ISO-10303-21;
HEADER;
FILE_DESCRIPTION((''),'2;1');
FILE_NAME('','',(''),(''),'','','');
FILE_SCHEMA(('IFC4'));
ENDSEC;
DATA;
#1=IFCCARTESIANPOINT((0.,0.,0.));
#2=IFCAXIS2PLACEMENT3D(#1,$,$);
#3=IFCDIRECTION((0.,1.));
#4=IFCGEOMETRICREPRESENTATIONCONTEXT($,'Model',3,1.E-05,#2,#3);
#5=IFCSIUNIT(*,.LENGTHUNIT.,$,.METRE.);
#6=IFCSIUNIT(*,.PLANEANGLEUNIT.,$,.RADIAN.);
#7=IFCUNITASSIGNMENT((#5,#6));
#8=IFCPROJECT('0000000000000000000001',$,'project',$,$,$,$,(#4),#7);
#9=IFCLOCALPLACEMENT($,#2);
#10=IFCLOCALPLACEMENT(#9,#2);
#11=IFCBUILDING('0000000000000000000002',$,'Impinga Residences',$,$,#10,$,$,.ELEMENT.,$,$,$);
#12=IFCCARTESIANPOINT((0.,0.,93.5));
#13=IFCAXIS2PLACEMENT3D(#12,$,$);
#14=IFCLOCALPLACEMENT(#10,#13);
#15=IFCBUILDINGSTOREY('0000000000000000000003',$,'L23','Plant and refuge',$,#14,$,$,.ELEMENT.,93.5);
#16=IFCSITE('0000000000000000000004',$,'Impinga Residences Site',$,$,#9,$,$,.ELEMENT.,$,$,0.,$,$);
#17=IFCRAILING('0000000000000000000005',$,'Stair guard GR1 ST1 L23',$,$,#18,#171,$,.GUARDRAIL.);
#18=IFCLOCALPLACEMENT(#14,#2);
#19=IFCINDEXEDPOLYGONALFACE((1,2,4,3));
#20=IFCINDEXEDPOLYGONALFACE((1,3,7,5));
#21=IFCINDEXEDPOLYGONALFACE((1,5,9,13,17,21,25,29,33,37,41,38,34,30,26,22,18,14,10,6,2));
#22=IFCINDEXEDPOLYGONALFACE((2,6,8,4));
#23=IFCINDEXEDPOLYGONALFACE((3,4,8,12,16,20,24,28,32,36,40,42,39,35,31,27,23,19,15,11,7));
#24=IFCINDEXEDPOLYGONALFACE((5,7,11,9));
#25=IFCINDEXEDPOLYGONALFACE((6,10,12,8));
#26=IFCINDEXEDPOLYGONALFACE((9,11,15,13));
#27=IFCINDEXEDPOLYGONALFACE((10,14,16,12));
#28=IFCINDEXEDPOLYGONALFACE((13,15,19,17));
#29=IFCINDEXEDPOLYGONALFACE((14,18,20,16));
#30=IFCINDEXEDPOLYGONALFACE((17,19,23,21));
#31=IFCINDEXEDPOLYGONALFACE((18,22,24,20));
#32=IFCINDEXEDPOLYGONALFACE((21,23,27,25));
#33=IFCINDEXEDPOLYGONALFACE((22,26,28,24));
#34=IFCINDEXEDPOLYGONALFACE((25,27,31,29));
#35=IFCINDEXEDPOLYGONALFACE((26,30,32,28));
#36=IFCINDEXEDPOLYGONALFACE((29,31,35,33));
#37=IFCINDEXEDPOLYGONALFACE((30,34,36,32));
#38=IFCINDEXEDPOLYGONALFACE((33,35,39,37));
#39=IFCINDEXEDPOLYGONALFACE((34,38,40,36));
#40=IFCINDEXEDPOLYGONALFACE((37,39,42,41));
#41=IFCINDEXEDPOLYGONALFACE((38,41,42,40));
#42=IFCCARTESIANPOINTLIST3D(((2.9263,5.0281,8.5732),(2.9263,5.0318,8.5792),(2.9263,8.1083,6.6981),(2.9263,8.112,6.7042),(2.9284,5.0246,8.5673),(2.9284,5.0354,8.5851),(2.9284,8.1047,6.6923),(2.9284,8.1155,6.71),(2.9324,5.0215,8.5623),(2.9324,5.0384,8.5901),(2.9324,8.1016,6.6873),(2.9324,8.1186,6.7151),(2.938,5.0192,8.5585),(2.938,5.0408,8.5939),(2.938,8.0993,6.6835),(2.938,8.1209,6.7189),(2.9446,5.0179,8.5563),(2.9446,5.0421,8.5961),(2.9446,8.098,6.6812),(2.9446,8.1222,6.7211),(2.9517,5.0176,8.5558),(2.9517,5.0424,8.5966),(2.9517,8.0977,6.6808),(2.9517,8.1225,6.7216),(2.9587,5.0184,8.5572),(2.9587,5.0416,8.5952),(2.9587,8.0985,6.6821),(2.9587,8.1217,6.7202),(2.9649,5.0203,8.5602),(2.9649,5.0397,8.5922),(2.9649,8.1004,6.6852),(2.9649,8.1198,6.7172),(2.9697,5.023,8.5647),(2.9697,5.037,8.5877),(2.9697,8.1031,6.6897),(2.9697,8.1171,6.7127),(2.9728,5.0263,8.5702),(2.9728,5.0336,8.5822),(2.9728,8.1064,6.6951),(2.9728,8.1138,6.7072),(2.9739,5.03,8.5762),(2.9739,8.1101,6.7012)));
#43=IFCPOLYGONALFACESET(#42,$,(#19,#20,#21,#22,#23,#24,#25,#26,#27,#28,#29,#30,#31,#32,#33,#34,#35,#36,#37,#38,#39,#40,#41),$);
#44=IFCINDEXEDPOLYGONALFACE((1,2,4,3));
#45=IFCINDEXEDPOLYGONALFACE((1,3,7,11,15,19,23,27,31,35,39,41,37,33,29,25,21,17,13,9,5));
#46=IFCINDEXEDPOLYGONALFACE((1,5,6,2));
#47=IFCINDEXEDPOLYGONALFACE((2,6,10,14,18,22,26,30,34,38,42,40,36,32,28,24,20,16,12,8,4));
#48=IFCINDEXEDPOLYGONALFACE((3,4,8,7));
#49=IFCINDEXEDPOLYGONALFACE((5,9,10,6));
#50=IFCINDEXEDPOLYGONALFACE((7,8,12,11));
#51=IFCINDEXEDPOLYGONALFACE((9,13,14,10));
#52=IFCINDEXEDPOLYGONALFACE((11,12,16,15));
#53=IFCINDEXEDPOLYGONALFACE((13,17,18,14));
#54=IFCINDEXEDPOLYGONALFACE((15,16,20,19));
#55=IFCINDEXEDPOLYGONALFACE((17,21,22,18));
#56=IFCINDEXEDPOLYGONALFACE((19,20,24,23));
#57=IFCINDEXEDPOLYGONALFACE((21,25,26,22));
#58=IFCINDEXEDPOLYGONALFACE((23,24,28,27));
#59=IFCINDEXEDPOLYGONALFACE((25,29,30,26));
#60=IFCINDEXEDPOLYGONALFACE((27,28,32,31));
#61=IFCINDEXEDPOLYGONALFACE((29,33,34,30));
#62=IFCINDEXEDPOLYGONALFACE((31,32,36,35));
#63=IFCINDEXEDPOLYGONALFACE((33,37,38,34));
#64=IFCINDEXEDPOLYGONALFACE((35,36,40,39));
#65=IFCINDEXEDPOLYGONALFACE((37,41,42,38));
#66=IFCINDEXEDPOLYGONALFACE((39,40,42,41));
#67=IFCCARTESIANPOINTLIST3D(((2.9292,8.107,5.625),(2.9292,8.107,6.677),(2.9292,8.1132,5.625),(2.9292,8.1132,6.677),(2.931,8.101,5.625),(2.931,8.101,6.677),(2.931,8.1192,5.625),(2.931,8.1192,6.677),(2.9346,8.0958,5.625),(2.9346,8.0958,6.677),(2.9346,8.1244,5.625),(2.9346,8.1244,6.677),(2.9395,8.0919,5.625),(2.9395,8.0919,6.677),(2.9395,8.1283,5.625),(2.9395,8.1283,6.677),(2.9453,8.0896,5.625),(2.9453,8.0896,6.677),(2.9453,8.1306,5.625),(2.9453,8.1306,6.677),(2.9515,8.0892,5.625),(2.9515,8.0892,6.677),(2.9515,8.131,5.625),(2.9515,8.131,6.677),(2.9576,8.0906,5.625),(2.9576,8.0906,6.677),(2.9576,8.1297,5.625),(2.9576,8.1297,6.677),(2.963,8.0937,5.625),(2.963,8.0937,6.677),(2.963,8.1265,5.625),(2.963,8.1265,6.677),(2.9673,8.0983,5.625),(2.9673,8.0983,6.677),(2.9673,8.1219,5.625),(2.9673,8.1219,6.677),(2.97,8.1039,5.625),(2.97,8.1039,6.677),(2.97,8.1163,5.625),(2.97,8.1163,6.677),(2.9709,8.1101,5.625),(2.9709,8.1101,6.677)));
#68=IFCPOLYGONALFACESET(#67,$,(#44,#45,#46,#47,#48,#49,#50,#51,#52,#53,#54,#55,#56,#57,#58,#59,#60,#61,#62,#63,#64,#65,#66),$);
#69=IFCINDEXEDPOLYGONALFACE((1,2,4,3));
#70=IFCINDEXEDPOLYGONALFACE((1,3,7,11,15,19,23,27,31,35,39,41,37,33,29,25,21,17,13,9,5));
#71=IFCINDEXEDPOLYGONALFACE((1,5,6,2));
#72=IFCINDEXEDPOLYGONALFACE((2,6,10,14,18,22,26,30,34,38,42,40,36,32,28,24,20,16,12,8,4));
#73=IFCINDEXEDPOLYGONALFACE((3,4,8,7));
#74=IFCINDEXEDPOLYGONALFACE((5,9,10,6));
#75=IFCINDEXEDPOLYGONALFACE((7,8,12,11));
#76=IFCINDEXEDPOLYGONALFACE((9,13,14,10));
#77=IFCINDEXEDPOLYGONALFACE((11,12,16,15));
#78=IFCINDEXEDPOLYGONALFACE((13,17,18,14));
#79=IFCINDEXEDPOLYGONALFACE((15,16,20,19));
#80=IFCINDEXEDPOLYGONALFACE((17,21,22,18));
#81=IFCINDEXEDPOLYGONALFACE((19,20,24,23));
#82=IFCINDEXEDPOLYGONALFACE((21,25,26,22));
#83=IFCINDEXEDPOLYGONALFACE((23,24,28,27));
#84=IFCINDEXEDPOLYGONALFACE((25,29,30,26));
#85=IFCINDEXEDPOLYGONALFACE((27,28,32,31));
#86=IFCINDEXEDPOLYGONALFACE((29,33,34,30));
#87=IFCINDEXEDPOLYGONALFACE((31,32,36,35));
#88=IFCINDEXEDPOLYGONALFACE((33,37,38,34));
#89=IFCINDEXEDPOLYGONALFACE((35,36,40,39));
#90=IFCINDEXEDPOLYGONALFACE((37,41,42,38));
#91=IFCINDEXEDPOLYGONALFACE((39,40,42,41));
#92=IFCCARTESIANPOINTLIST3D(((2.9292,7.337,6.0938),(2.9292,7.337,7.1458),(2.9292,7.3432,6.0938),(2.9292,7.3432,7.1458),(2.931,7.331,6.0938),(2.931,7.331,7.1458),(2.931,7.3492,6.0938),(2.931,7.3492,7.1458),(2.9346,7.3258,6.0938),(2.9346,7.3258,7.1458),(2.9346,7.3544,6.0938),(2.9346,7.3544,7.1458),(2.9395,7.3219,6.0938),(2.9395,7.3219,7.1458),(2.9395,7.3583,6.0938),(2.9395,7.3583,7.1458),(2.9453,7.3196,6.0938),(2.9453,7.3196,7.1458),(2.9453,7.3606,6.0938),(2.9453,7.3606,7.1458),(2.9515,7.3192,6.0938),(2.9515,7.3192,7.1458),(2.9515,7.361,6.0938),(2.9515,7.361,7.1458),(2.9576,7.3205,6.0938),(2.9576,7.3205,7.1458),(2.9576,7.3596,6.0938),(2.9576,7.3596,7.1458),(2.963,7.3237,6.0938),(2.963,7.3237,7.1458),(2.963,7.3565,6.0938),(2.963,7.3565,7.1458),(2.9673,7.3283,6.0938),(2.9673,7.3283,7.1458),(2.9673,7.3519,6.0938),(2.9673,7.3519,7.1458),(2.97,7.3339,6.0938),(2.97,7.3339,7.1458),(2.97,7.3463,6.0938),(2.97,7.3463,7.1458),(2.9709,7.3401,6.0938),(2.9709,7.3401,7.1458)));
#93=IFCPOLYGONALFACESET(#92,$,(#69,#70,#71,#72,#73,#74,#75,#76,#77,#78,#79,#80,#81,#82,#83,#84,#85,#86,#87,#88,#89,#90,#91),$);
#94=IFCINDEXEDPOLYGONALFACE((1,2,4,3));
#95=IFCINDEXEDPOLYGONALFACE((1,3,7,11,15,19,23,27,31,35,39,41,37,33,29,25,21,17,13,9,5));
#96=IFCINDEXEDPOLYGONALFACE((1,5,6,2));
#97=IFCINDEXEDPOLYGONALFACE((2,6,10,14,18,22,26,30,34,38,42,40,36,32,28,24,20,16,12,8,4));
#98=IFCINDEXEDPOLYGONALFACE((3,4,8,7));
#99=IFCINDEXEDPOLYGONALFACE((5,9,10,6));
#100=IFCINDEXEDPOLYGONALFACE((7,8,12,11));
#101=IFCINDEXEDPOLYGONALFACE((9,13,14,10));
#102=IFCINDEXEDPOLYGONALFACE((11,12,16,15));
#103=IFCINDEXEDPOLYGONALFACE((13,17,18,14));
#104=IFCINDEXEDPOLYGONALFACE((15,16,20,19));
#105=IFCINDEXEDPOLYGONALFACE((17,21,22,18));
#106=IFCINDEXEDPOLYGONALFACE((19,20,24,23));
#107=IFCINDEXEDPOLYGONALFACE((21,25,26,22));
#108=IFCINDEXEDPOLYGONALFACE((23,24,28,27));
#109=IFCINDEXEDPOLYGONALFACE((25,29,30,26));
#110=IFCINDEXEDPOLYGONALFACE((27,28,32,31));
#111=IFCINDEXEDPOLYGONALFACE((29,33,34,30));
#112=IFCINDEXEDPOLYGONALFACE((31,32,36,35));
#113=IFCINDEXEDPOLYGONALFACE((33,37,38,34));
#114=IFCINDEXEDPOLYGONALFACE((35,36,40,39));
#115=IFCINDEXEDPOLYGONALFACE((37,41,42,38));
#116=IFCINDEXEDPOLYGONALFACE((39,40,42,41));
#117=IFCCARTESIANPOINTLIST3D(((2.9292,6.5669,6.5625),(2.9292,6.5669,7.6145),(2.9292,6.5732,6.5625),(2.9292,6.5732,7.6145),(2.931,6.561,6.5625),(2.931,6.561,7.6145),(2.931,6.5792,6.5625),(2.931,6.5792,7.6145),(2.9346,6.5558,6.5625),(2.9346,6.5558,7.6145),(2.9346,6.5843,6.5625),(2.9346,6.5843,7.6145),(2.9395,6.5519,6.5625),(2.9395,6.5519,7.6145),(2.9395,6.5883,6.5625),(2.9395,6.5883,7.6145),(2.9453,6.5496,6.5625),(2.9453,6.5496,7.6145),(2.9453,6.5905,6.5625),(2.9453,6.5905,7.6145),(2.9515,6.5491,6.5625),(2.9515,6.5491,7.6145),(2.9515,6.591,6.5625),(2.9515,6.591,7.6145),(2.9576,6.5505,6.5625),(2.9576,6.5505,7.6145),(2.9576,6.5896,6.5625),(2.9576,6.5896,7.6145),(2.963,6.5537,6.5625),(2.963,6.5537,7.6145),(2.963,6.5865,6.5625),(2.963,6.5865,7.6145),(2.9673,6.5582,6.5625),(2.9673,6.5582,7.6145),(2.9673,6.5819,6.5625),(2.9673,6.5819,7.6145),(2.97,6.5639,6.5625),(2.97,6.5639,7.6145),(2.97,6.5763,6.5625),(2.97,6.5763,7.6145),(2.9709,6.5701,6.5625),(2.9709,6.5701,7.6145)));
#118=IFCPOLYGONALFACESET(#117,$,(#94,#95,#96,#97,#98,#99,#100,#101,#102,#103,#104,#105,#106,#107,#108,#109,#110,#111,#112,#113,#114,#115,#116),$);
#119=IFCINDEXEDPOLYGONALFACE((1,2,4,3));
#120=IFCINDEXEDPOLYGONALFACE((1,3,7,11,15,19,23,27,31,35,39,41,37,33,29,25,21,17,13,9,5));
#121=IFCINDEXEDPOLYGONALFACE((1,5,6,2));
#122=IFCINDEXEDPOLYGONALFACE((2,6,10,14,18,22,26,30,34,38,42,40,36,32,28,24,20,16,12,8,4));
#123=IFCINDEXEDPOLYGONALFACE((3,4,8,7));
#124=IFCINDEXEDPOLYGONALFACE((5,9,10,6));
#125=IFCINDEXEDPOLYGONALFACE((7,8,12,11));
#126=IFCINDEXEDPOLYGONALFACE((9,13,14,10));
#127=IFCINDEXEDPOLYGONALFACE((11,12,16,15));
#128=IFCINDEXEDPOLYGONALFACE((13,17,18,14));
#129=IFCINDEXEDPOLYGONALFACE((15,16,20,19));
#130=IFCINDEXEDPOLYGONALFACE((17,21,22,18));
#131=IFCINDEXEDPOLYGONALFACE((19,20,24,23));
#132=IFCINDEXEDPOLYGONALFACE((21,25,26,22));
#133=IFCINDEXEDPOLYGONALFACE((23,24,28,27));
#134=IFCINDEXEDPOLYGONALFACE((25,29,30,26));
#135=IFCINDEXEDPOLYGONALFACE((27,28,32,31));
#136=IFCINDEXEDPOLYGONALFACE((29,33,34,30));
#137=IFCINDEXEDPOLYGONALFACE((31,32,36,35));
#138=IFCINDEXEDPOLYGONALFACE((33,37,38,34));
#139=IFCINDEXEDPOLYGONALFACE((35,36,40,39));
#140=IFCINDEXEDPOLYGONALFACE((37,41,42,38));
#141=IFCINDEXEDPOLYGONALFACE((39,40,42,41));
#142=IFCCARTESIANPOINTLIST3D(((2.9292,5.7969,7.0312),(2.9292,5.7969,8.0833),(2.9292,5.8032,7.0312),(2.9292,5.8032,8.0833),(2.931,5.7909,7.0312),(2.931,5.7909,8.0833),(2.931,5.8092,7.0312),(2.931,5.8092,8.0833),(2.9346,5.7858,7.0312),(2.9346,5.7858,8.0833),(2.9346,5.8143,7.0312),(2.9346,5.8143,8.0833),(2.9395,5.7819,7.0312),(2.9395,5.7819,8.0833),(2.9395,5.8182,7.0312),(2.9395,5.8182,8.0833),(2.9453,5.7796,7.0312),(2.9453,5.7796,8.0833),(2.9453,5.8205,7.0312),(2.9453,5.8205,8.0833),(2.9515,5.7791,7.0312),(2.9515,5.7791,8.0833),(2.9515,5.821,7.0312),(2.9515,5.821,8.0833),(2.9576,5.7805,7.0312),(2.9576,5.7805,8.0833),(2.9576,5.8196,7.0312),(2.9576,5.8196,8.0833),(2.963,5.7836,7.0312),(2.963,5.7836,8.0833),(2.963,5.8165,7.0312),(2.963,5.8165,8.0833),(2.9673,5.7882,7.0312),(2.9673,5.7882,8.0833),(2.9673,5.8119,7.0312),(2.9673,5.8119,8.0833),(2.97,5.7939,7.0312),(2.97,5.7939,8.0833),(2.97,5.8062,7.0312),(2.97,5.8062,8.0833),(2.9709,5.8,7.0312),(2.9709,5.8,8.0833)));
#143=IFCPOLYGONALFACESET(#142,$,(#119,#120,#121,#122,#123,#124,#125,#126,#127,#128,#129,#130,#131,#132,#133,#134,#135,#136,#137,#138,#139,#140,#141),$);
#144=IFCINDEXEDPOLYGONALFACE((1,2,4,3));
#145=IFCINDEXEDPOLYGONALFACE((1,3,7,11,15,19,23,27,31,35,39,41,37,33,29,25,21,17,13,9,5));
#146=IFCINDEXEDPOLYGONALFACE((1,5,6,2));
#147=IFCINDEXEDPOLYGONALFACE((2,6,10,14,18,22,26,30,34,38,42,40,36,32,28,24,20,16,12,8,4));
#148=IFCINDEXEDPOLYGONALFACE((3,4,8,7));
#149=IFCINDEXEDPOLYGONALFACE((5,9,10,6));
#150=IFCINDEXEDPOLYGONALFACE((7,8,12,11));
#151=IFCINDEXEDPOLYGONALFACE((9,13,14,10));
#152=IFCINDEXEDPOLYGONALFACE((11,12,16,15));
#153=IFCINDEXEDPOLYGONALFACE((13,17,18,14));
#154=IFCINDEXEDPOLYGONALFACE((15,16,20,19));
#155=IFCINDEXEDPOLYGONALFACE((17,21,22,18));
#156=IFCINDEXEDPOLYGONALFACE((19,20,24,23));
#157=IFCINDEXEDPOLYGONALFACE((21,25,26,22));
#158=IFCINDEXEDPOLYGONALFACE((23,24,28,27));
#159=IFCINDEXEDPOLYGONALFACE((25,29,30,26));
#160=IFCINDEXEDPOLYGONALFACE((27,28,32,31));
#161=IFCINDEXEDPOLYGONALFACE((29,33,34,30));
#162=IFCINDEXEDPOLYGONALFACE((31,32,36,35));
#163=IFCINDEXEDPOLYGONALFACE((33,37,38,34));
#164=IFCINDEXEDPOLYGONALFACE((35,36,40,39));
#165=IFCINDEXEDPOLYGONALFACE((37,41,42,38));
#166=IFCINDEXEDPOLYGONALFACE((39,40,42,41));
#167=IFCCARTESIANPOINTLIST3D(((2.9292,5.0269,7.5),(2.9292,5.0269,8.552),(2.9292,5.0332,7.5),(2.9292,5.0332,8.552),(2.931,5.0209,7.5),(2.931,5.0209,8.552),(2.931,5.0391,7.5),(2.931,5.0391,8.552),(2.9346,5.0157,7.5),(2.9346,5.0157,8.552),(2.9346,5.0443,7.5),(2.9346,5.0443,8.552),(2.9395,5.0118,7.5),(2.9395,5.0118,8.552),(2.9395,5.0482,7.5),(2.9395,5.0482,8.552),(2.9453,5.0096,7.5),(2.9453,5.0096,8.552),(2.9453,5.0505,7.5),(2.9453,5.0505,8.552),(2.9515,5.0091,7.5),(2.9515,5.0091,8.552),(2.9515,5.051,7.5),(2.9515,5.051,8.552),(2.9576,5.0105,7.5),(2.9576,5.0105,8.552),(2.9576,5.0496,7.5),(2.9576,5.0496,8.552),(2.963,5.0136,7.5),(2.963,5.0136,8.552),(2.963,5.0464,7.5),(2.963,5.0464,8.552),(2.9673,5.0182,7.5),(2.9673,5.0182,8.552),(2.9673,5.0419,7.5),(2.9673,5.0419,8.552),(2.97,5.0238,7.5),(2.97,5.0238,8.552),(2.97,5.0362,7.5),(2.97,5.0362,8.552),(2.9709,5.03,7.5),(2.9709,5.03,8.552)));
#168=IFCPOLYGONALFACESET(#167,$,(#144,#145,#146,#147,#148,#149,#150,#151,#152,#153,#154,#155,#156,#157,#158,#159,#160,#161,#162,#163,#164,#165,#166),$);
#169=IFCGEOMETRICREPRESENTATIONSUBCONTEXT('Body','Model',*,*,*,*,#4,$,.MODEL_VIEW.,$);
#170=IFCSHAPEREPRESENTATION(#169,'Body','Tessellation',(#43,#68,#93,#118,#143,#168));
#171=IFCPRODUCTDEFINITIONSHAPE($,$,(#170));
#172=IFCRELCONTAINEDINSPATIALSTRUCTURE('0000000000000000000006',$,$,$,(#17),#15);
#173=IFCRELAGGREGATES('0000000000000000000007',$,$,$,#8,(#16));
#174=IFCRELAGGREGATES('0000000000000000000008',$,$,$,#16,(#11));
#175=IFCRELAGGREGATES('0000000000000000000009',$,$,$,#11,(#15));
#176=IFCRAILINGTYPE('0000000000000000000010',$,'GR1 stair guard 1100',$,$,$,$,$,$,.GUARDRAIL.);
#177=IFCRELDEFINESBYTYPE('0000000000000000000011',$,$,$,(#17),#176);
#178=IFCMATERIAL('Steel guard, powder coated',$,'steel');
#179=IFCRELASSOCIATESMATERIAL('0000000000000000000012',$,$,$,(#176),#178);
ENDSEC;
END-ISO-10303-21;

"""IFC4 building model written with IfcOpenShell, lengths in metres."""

from ifc_helpers import new_model, si_unit, direction, frame, origin, origin_2d, place, context, subcontext, project, spatial, circle, extrude, material, type_object, element, save


model = new_model("IFC4")

# Units and contexts
model_context = context("Model", 3, precision=1e-05, world=origin(), true_north=direction((0.0, 1.0)))
body_context = subcontext(model_context, "Body", "Model", "MODEL_VIEW")
ifc_project = project(units=[si_unit("LENGTHUNIT", "METRE"), si_unit("PLANEANGLEUNIT", "RADIAN")], contexts=[model_context])

# Site, building, storey
site_placement = place(None, origin())
site = spatial("IfcSite", under=ifc_project, at=site_placement, Name="Impinga Residences Site", CompositionType="ELEMENT", RefElevation=0.0)
building_placement = place(site_placement, origin())
building = spatial("IfcBuilding", under=site, at=building_placement, Name="Impinga Residences", CompositionType="ELEMENT")
storey_placement = place(building_placement, frame((0.0, 0.0, 93.5)))
storey = spatial("IfcBuildingStorey", under=building, at=storey_placement, Name="L23", Description="Plant and refuge", CompositionType="ELEMENT", Elevation=93.5)

# Railing
ifc_material_1 = material(Name="Steel guard, powder coated", Category="steel")
railing_type_1 = type_object("IfcRailingType", Name="GR1 stair guard 1100", PredefinedType="GUARDRAIL", material=ifc_material_1)
for number, where, name in (
    (1, (2.95, 8.1101, 5.625), "Stair guard GR1 ST1 L23"),
):
    element("IfcRailing", number, at=place(storey_placement, frame(where)), inside=storey, type_object=railing_type_1, Name=name, PredefinedType="GUARDRAIL", context=body_context, shape_type="SweptSolid", body=[
        extrude(circle(Radius=0.0239, at=origin_2d()), frame((0.0, 0.0, 1.0762), z_axis=(0.0, -0.854178, 0.519981), x_axis=(1.0, 0.0, 0.0)), (0.0, 0.0, 1.0), 3.606),
        extrude(circle(Radius=0.021, at=origin_2d()), origin(), (0.0, 0.0, 1.0), 1.052),
        extrude(circle(Radius=0.021, at=origin_2d()), frame((0.0, -0.77, 0.4688)), (0.0, 0.0, 1.0), 1.052),
        extrude(circle(Radius=0.021, at=origin_2d()), frame((0.0, -1.54, 0.9375)), (0.0, 0.0, 1.0), 1.052),
        extrude(circle(Radius=0.021, at=origin_2d()), frame((0.0, -2.3101, 1.4062)), (0.0, 0.0, 1.0), 1.052),
        extrude(circle(Radius=0.021, at=origin_2d()), frame((0.0, -3.0801, 1.875)), (0.0, 0.0, 1.0), 1.052),
    ])

save(model, "model.ifc")
